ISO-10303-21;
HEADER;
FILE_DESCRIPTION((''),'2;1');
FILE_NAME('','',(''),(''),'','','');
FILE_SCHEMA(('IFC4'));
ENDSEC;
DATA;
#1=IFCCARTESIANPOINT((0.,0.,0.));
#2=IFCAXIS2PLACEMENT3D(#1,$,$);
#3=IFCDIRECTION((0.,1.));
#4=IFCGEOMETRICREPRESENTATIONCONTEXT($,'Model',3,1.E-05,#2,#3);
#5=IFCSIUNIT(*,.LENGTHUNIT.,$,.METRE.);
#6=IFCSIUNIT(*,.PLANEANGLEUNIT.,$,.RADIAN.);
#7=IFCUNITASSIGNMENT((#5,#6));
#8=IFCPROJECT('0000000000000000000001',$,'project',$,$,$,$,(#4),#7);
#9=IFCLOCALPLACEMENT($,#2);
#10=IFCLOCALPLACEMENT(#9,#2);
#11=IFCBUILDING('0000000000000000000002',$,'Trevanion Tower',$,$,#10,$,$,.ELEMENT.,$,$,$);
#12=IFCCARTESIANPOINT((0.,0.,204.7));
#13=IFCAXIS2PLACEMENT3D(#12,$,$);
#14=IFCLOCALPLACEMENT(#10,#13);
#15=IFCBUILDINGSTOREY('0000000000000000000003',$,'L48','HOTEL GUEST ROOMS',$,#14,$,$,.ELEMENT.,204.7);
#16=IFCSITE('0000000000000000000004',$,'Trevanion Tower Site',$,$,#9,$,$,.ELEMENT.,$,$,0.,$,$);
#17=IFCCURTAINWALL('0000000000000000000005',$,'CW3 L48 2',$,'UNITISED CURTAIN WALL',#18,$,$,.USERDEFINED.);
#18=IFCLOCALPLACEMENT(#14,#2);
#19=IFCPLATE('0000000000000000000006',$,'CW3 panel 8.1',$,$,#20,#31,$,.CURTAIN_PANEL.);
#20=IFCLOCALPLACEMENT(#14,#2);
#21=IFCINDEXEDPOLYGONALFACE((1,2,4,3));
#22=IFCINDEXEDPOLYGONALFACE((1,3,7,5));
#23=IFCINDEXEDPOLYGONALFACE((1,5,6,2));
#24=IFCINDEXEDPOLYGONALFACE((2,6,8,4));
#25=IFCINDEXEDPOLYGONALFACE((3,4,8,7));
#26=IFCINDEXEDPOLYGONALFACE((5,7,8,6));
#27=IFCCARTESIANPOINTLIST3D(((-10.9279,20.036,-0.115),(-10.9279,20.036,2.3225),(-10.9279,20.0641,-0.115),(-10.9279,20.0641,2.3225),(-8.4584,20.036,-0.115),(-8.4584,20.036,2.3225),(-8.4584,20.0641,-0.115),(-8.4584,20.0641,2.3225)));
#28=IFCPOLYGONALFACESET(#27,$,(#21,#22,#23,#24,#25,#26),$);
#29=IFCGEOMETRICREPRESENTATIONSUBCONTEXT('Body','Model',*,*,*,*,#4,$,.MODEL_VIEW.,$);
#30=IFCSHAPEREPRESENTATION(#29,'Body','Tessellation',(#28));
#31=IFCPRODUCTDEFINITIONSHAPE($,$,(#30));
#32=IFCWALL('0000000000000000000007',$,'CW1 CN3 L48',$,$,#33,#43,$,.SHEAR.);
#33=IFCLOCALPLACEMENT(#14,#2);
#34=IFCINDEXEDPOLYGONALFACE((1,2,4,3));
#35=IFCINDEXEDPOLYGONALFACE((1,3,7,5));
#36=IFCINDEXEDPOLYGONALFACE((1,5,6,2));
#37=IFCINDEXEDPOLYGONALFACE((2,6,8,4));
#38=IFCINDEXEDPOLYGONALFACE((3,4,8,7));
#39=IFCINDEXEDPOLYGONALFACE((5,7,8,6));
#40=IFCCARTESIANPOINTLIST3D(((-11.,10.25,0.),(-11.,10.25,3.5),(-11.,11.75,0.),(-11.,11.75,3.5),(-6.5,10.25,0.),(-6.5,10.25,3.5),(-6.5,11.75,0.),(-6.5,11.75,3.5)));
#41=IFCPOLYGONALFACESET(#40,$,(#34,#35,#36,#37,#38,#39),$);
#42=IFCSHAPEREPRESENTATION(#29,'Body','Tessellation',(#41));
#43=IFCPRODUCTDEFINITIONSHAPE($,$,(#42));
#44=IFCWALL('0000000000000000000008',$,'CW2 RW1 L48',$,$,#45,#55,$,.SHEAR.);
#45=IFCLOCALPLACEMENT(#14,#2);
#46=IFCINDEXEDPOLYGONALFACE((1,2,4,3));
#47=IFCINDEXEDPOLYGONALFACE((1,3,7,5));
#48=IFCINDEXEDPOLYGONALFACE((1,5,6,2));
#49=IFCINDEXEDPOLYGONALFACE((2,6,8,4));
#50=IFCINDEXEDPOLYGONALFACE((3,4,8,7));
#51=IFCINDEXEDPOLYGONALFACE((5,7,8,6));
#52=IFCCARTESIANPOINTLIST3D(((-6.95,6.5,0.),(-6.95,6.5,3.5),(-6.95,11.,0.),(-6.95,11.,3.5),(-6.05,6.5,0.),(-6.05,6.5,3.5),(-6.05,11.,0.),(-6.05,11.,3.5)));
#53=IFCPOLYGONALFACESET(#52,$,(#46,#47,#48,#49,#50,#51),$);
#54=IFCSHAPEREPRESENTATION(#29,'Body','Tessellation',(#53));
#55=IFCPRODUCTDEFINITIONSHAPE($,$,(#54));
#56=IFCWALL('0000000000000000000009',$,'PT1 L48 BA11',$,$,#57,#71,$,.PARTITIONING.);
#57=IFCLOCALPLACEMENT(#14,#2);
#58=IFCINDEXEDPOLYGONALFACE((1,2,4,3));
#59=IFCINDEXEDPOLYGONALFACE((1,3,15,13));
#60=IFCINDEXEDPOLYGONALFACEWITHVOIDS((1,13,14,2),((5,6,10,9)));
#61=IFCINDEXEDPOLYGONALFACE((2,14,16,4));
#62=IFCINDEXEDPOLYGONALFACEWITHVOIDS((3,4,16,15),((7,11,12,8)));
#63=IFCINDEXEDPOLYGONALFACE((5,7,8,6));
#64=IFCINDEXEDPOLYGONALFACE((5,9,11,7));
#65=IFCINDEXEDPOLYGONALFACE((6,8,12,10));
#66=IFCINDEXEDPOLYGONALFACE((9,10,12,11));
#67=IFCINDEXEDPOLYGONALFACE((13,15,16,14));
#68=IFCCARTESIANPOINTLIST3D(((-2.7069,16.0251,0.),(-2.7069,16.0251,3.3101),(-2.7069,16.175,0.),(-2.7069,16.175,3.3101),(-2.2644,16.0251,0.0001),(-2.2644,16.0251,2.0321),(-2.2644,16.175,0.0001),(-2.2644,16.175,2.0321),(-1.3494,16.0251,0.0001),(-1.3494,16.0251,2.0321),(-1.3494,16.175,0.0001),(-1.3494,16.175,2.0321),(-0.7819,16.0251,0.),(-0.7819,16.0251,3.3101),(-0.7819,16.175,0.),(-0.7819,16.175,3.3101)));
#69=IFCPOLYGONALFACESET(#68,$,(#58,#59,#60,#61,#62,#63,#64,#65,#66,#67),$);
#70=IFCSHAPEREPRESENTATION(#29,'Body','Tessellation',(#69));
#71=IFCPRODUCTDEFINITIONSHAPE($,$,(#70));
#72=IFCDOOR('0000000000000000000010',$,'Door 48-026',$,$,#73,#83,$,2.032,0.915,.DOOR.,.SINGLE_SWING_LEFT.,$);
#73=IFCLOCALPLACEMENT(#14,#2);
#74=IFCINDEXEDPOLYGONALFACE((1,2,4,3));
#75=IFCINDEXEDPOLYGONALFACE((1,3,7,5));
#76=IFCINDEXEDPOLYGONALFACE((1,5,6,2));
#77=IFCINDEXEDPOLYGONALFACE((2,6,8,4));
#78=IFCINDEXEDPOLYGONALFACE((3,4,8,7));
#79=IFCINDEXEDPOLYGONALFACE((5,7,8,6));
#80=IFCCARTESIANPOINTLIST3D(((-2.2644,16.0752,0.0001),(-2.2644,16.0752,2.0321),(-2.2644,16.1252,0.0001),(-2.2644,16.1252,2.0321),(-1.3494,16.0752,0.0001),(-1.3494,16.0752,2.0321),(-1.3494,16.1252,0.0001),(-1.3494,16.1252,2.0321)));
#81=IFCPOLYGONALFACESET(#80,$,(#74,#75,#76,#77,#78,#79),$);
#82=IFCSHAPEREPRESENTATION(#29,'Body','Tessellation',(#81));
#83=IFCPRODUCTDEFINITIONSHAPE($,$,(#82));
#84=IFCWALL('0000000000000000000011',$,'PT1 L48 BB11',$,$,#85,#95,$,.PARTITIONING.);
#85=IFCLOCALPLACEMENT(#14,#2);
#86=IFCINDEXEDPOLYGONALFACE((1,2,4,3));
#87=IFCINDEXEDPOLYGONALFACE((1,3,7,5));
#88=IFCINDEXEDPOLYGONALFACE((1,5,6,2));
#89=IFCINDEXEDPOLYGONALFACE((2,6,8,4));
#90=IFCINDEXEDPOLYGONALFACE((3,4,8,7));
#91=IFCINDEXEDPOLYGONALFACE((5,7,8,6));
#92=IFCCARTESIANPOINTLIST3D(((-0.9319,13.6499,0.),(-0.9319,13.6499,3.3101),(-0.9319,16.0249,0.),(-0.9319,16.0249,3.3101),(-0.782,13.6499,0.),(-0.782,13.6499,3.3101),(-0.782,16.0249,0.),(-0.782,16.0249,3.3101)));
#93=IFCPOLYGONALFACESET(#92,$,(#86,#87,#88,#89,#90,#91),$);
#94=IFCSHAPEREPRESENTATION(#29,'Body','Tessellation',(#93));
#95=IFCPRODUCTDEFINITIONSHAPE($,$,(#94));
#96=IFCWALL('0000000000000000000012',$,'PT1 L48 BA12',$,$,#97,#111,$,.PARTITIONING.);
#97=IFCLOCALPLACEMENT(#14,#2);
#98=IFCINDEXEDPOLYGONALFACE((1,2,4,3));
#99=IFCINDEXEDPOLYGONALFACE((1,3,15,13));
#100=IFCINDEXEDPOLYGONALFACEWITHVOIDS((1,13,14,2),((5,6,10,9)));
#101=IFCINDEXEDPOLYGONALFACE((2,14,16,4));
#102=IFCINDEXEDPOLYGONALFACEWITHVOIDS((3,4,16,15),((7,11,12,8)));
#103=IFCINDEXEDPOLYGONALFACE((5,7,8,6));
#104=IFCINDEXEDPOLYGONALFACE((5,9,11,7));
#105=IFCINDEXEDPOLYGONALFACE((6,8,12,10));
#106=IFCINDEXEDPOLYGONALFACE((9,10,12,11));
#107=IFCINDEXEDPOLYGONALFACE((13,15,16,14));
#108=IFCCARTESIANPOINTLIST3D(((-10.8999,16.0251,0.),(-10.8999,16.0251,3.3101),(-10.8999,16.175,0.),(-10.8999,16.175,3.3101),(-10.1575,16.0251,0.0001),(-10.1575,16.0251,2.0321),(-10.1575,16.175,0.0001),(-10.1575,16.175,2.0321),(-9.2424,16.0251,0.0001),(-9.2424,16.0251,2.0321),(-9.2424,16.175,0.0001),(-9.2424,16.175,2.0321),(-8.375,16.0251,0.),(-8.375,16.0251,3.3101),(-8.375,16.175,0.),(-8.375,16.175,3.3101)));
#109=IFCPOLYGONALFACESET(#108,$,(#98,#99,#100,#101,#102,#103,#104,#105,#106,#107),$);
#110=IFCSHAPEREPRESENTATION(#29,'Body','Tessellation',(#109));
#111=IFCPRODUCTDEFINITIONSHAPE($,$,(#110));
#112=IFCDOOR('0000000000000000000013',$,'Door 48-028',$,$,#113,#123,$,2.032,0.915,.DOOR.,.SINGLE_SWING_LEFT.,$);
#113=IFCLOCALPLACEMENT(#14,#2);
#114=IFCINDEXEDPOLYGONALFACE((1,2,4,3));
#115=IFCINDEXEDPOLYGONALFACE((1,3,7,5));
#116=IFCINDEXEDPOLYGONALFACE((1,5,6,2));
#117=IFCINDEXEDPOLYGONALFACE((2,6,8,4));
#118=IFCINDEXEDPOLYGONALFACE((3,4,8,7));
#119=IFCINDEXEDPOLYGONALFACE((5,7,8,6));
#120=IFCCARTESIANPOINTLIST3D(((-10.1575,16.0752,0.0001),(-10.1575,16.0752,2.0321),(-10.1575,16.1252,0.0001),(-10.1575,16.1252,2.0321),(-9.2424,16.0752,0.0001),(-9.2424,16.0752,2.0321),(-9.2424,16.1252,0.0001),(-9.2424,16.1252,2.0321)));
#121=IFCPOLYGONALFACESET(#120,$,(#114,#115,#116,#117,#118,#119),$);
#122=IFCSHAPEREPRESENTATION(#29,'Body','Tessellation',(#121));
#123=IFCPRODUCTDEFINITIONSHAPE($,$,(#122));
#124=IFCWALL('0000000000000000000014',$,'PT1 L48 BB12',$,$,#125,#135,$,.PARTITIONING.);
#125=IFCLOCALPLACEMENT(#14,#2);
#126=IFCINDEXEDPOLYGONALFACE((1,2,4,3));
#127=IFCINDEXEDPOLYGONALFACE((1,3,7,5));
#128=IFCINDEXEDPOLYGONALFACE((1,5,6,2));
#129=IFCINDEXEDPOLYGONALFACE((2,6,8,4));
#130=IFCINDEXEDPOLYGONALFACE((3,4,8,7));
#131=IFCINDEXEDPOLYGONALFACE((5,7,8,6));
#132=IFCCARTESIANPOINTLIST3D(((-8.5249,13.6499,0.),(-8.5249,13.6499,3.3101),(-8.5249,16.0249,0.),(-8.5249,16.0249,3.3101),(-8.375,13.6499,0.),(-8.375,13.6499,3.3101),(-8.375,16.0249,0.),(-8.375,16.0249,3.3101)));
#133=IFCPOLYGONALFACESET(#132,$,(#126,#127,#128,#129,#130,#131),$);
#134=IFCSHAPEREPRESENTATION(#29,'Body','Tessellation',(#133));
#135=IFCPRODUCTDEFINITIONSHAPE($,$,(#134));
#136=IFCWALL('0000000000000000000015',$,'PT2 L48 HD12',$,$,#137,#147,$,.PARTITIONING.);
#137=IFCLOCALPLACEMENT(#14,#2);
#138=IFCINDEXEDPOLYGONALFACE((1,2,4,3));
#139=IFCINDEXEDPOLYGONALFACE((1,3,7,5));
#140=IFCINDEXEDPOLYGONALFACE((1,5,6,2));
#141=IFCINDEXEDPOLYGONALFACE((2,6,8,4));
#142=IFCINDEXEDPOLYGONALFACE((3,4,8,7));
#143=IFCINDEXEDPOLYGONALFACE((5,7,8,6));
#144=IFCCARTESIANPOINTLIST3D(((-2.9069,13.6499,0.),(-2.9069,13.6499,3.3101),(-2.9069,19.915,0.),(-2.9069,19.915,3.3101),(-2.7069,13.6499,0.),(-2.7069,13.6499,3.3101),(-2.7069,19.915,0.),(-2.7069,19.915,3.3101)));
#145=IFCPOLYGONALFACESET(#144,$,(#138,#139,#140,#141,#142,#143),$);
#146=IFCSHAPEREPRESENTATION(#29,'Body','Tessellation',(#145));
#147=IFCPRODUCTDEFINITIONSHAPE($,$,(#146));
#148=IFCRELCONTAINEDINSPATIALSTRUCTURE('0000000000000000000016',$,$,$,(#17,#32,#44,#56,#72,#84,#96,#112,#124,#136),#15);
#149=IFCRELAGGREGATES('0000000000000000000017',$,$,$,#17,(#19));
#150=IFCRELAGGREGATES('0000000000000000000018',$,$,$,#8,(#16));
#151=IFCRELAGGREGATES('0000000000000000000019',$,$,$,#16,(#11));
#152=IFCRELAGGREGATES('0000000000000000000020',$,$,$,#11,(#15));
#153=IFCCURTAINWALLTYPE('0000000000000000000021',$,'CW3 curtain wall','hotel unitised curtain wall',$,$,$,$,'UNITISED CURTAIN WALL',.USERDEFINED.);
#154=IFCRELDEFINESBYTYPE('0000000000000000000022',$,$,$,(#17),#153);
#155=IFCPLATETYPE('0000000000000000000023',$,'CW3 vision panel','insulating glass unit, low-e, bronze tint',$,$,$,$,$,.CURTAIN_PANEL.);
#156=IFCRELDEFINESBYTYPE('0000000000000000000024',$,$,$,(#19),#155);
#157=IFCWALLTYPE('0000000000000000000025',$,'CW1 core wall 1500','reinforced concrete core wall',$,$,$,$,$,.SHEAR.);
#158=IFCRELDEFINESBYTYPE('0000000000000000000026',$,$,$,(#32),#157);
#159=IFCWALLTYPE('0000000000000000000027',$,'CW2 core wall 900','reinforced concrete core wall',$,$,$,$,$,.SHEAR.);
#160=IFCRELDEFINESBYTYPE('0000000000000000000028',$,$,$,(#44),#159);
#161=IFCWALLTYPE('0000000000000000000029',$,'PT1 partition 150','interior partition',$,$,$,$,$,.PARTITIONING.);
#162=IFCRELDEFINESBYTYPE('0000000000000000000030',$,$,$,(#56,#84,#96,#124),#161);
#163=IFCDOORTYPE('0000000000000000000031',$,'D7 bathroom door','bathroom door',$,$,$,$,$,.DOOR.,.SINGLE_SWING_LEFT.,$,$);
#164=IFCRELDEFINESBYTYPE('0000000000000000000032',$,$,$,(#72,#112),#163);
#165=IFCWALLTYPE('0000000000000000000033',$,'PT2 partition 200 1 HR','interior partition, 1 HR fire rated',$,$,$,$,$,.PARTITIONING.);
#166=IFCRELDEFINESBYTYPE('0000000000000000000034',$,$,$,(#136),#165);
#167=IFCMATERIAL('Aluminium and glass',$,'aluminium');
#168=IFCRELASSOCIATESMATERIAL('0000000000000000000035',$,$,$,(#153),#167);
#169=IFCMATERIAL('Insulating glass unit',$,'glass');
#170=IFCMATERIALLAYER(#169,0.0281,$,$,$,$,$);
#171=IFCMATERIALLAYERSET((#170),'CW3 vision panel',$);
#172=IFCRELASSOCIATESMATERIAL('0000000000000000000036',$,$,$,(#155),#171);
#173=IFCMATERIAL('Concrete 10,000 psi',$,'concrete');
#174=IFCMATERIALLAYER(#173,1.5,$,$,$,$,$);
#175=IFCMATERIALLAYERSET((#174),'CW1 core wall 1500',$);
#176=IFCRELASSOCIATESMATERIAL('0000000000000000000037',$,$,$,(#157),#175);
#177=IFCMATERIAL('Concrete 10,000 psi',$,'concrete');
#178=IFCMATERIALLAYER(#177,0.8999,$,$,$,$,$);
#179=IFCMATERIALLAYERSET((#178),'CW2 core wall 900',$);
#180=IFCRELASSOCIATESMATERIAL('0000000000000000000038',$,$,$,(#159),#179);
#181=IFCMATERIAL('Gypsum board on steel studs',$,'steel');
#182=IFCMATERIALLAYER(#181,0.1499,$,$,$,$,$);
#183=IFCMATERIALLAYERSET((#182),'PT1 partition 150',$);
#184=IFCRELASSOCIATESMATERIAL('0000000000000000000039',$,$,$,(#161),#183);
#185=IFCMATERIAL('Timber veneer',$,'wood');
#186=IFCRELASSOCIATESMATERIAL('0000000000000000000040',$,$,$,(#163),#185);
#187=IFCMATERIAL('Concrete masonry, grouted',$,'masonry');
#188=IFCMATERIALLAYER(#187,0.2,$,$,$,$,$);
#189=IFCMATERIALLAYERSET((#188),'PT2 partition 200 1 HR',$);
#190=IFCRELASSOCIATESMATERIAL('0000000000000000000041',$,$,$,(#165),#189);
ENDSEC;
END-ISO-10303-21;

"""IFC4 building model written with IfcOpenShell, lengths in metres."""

from ifc_helpers import new_model, si_unit, direction, frame, frame_2d, origin, origin_2d, place, context, subcontext, project, spatial, rectangle, extrude, material, layer, layer_set, type_object, element, fill, aggregate, save


model = new_model("IFC4")

# Units and contexts
model_context = context("Model", 3, precision=1e-05, world=origin(), true_north=direction((0.0, 1.0)))
body_context = subcontext(model_context, "Body", "Model", "MODEL_VIEW")
ifc_project = project(units=[si_unit("LENGTHUNIT", "METRE"), si_unit("PLANEANGLEUNIT", "RADIAN")], contexts=[model_context])

# Site, building, storey
site_placement = place(None, origin())
site = spatial("IfcSite", under=ifc_project, at=site_placement, Name="Trevanion Tower Site", CompositionType="ELEMENT", RefElevation=0.0)
building_placement = place(site_placement, origin())
building = spatial("IfcBuilding", under=site, at=building_placement, Name="Trevanion Tower", CompositionType="ELEMENT")
storey_placement = place(building_placement, frame((0.0, 0.0, 204.7)))
storey = spatial("IfcBuildingStorey", under=building, at=storey_placement, Name="L48", Description="HOTEL GUEST ROOMS", CompositionType="ELEMENT", Elevation=204.7)

# Curtain wall
ifc_material_1 = material(Name="Aluminium and glass", Category="aluminium")
curtain_wall_type = type_object("IfcCurtainWallType", Name="CW3 curtain wall", Description="hotel unitised curtain wall", ElementType="UNITISED CURTAIN WALL", PredefinedType="USERDEFINED", material=ifc_material_1)
curtain_wall_placement = place(storey_placement, origin())
curtain_wall = element("IfcCurtainWall", 1, at=curtain_wall_placement, inside=storey, type_object=curtain_wall_type, Name="CW3 L48 2", ObjectType="UNITISED CURTAIN WALL", PredefinedType="USERDEFINED")

# Plate
ifc_material_2 = material(Name="Insulating glass unit", Category="glass")
ifc_layer_1 = layer(ifc_material_2, 0.0281)
ifc_layer_set_1 = layer_set([ifc_layer_1], Name="CW3 vision panel")
plate_type_1 = type_object("IfcPlateType", Name="CW3 vision panel", Description="insulating glass unit, low-e, bronze tint", PredefinedType="CURTAIN_PANEL", material=ifc_layer_set_1)
plate_1_placement = place(storey_placement, frame((-9.6931, 20.05, -0.115), z_axis=(0.0, 0.0, 1.0), x_axis=(-1.0, 0.0, 0.0)))
plate_1 = element("IfcPlate", 2, at=plate_1_placement, type_object=plate_type_1, Name="CW3 panel 8.1", PredefinedType="CURTAIN_PANEL", context=body_context, shape_type="SweptSolid", body=[
    extrude(rectangle(XDim=2.4695, YDim=0.0281, at=origin_2d()), origin(), (0.0, 0.0, 1.0), 2.4375),
])
aggregate(curtain_wall, [plate_1])

# Walls
ifc_material_3 = material(Name="Concrete 10,000 psi", Category="concrete")
ifc_layer_2 = layer(ifc_material_3, 1.5)
ifc_layer_set_2 = layer_set([ifc_layer_2], Name="CW1 core wall 1500")
wall_type_1 = type_object("IfcWallType", Name="CW1 core wall 1500", Description="reinforced concrete core wall", PredefinedType="SHEAR", material=ifc_layer_set_2)
wall_1_placement = place(storey_placement, frame((-6.5, 11.0, 0.0), z_axis=(0.0, 0.0, 1.0), x_axis=(-1.0, 0.0, 0.0)))
element("IfcWall", 3, at=wall_1_placement, inside=storey, type_object=wall_type_1, Name="CW1 CN3 L48", PredefinedType="SHEAR", context=body_context, shape_type="SweptSolid", body=[
    extrude(rectangle(XDim=4.5, YDim=1.5, at=frame_2d((2.25, 0.0))), origin(), (0.0, 0.0, 1.0), 3.5),
])
ifc_material_4 = material(Name="Concrete 10,000 psi", Category="concrete")
ifc_layer_3 = layer(ifc_material_4, 0.8999)
ifc_layer_set_3 = layer_set([ifc_layer_3], Name="CW2 core wall 900")
wall_type_2 = type_object("IfcWallType", Name="CW2 core wall 900", Description="reinforced concrete core wall", PredefinedType="SHEAR", material=ifc_layer_set_3)
wall_2_placement = place(storey_placement, frame((-6.5, 11.0, 0.0), z_axis=(0.0, 0.0, 1.0), x_axis=(0.0, -1.0, 0.0)))
element("IfcWall", 4, at=wall_2_placement, inside=storey, type_object=wall_type_2, Name="CW2 RW1 L48", PredefinedType="SHEAR", context=body_context, shape_type="SweptSolid", body=[
    extrude(rectangle(XDim=4.5, YDim=0.8999, at=frame_2d((2.25, 0.0))), origin(), (0.0, 0.0, 1.0), 3.5),
])

# Wall, opening, door
ifc_material_5 = material(Name="Gypsum board on steel studs", Category="steel")
ifc_layer_4 = layer(ifc_material_5, 0.1499)
ifc_layer_set_4 = layer_set([ifc_layer_4], Name="PT1 partition 150")
wall_type_3 = type_object("IfcWallType", Name="PT1 partition 150", Description="interior partition", PredefinedType="PARTITIONING", material=ifc_layer_set_4)
wall_3_placement = place(storey_placement, frame((-0.782, 16.1001, 0.0), z_axis=(0.0, 0.0, 1.0), x_axis=(-1.0, 0.0, 0.0)))
wall_3 = element("IfcWall", 5, at=wall_3_placement, inside=storey, type_object=wall_type_3, Name="PT1 L48 BA11", PredefinedType="PARTITIONING", context=body_context, shape_type="SweptSolid", body=[
    extrude(rectangle(XDim=1.925, YDim=0.1499, at=frame_2d((0.9624, 0.0))), origin(), (0.0, 0.0, 1.0), 3.3101),
])
opening_1_placement = place(wall_3_placement, frame((0.5674, 0.0, 0.0)))
opening_1 = element("IfcOpeningElement", 6, at=opening_1_placement, cuts=wall_3, PredefinedType="OPENING", context=body_context, shape_type="SweptSolid", body=[
    extrude(rectangle(XDim=0.915, YDim=2.032, at=frame_2d((0.4575, 1.0161))), frame((0.0, 0.085, 0.0), z_axis=(0.0, -1.0, 0.0), x_axis=(1.0, 0.0, 0.0)), (0.0, 0.0, 1.0), 0.1699),
])
ifc_material_6 = material(Name="Timber veneer", Category="wood")
door_type = type_object("IfcDoorType", Name="D7 bathroom door", Description="bathroom door", OperationType="SINGLE_SWING_LEFT", PredefinedType="DOOR", material=ifc_material_6)
door_1_placement = place(opening_1_placement, origin())
door_1 = element("IfcDoor", 7, at=door_1_placement, inside=storey, type_object=door_type, Name="Door 48-026", OperationType="SINGLE_SWING_LEFT", OverallHeight=2.032, OverallWidth=0.915, PredefinedType="DOOR", context=body_context, shape_type="SweptSolid", body=[
    extrude(rectangle(XDim=0.915, YDim=2.032, at=frame_2d((0.4575, 1.0161))), frame((0.0, 0.0249, 0.0), z_axis=(0.0, -1.0, 0.0), x_axis=(1.0, 0.0, 0.0)), (0.0, 0.0, 1.0), 0.05),
])
fill(opening_1, door_1)

# Wall
wall_4_placement = place(storey_placement, frame((-0.8569, 13.6499, 0.0), z_axis=(0.0, 0.0, 1.0), x_axis=(0.0, 1.0, 0.0)))
element("IfcWall", 8, at=wall_4_placement, inside=storey, type_object=wall_type_3, Name="PT1 L48 BB11", PredefinedType="PARTITIONING", context=body_context, shape_type="SweptSolid", body=[
    extrude(rectangle(XDim=2.375, YDim=0.1499, at=frame_2d((1.1875, 0.0))), origin(), (0.0, 0.0, 1.0), 3.3101),
])

# Wall, opening, door
wall_5_placement = place(storey_placement, frame((-8.375, 16.1001, 0.0), z_axis=(0.0, 0.0, 1.0), x_axis=(-1.0, 0.0, 0.0)))
wall_5 = element("IfcWall", 9, at=wall_5_placement, inside=storey, type_object=wall_type_3, Name="PT1 L48 BA12", PredefinedType="PARTITIONING", context=body_context, shape_type="SweptSolid", body=[
    extrude(rectangle(XDim=2.5249, YDim=0.1499, at=frame_2d((1.2625, 0.0))), origin(), (0.0, 0.0, 1.0), 3.3101),
])
opening_2_placement = place(wall_5_placement, frame((0.8674, 0.0, 0.0)))
opening_2 = element("IfcOpeningElement", 10, at=opening_2_placement, cuts=wall_5, PredefinedType="OPENING", context=body_context, shape_type="SweptSolid", body=[
    extrude(rectangle(XDim=0.915, YDim=2.032, at=frame_2d((0.4575, 1.0161))), frame((0.0, 0.085, 0.0), z_axis=(0.0, -1.0, 0.0), x_axis=(1.0, 0.0, 0.0)), (0.0, 0.0, 1.0), 0.1699),
])
door_2_placement = place(opening_2_placement, origin())
door_2 = element("IfcDoor", 11, at=door_2_placement, inside=storey, type_object=door_type, Name="Door 48-028", OperationType="SINGLE_SWING_LEFT", OverallHeight=2.032, OverallWidth=0.915, PredefinedType="DOOR", context=body_context, shape_type="SweptSolid", body=[
    extrude(rectangle(XDim=0.915, YDim=2.032, at=frame_2d((0.4575, 1.0161))), frame((0.0, 0.0249, 0.0), z_axis=(0.0, -1.0, 0.0), x_axis=(1.0, 0.0, 0.0)), (0.0, 0.0, 1.0), 0.05),
])
fill(opening_2, door_2)

# Walls
wall_6_placement = place(storey_placement, frame((-8.45, 13.6499, 0.0), z_axis=(0.0, 0.0, 1.0), x_axis=(0.0, 1.0, 0.0)))
element("IfcWall", 12, at=wall_6_placement, inside=storey, type_object=wall_type_3, Name="PT1 L48 BB12", PredefinedType="PARTITIONING", context=body_context, shape_type="SweptSolid", body=[
    extrude(rectangle(XDim=2.375, YDim=0.1499, at=frame_2d((1.1875, 0.0))), origin(), (0.0, 0.0, 1.0), 3.3101),
])
ifc_material_7 = material(Name="Concrete masonry, grouted", Category="masonry")
ifc_layer_5 = layer(ifc_material_7, 0.2)
ifc_layer_set_5 = layer_set([ifc_layer_5], Name="PT2 partition 200 1 HR")
wall_type_4 = type_object("IfcWallType", Name="PT2 partition 200 1 HR", Description="interior partition, 1 HR fire rated", PredefinedType="PARTITIONING", material=ifc_layer_set_5)
wall_7_placement = place(storey_placement, frame((-2.8069, 13.6499, 0.0), z_axis=(0.0, 0.0, 1.0), x_axis=(0.0, 1.0, 0.0)))
element("IfcWall", 13, at=wall_7_placement, inside=storey, type_object=wall_type_4, Name="PT2 L48 HD12", PredefinedType="PARTITIONING", context=body_context, shape_type="SweptSolid", body=[
    extrude(rectangle(XDim=6.2651, YDim=0.2, at=frame_2d((3.1326, 0.0))), origin(), (0.0, 0.0, 1.0), 3.3101),
])

save(model, "model.ifc")
